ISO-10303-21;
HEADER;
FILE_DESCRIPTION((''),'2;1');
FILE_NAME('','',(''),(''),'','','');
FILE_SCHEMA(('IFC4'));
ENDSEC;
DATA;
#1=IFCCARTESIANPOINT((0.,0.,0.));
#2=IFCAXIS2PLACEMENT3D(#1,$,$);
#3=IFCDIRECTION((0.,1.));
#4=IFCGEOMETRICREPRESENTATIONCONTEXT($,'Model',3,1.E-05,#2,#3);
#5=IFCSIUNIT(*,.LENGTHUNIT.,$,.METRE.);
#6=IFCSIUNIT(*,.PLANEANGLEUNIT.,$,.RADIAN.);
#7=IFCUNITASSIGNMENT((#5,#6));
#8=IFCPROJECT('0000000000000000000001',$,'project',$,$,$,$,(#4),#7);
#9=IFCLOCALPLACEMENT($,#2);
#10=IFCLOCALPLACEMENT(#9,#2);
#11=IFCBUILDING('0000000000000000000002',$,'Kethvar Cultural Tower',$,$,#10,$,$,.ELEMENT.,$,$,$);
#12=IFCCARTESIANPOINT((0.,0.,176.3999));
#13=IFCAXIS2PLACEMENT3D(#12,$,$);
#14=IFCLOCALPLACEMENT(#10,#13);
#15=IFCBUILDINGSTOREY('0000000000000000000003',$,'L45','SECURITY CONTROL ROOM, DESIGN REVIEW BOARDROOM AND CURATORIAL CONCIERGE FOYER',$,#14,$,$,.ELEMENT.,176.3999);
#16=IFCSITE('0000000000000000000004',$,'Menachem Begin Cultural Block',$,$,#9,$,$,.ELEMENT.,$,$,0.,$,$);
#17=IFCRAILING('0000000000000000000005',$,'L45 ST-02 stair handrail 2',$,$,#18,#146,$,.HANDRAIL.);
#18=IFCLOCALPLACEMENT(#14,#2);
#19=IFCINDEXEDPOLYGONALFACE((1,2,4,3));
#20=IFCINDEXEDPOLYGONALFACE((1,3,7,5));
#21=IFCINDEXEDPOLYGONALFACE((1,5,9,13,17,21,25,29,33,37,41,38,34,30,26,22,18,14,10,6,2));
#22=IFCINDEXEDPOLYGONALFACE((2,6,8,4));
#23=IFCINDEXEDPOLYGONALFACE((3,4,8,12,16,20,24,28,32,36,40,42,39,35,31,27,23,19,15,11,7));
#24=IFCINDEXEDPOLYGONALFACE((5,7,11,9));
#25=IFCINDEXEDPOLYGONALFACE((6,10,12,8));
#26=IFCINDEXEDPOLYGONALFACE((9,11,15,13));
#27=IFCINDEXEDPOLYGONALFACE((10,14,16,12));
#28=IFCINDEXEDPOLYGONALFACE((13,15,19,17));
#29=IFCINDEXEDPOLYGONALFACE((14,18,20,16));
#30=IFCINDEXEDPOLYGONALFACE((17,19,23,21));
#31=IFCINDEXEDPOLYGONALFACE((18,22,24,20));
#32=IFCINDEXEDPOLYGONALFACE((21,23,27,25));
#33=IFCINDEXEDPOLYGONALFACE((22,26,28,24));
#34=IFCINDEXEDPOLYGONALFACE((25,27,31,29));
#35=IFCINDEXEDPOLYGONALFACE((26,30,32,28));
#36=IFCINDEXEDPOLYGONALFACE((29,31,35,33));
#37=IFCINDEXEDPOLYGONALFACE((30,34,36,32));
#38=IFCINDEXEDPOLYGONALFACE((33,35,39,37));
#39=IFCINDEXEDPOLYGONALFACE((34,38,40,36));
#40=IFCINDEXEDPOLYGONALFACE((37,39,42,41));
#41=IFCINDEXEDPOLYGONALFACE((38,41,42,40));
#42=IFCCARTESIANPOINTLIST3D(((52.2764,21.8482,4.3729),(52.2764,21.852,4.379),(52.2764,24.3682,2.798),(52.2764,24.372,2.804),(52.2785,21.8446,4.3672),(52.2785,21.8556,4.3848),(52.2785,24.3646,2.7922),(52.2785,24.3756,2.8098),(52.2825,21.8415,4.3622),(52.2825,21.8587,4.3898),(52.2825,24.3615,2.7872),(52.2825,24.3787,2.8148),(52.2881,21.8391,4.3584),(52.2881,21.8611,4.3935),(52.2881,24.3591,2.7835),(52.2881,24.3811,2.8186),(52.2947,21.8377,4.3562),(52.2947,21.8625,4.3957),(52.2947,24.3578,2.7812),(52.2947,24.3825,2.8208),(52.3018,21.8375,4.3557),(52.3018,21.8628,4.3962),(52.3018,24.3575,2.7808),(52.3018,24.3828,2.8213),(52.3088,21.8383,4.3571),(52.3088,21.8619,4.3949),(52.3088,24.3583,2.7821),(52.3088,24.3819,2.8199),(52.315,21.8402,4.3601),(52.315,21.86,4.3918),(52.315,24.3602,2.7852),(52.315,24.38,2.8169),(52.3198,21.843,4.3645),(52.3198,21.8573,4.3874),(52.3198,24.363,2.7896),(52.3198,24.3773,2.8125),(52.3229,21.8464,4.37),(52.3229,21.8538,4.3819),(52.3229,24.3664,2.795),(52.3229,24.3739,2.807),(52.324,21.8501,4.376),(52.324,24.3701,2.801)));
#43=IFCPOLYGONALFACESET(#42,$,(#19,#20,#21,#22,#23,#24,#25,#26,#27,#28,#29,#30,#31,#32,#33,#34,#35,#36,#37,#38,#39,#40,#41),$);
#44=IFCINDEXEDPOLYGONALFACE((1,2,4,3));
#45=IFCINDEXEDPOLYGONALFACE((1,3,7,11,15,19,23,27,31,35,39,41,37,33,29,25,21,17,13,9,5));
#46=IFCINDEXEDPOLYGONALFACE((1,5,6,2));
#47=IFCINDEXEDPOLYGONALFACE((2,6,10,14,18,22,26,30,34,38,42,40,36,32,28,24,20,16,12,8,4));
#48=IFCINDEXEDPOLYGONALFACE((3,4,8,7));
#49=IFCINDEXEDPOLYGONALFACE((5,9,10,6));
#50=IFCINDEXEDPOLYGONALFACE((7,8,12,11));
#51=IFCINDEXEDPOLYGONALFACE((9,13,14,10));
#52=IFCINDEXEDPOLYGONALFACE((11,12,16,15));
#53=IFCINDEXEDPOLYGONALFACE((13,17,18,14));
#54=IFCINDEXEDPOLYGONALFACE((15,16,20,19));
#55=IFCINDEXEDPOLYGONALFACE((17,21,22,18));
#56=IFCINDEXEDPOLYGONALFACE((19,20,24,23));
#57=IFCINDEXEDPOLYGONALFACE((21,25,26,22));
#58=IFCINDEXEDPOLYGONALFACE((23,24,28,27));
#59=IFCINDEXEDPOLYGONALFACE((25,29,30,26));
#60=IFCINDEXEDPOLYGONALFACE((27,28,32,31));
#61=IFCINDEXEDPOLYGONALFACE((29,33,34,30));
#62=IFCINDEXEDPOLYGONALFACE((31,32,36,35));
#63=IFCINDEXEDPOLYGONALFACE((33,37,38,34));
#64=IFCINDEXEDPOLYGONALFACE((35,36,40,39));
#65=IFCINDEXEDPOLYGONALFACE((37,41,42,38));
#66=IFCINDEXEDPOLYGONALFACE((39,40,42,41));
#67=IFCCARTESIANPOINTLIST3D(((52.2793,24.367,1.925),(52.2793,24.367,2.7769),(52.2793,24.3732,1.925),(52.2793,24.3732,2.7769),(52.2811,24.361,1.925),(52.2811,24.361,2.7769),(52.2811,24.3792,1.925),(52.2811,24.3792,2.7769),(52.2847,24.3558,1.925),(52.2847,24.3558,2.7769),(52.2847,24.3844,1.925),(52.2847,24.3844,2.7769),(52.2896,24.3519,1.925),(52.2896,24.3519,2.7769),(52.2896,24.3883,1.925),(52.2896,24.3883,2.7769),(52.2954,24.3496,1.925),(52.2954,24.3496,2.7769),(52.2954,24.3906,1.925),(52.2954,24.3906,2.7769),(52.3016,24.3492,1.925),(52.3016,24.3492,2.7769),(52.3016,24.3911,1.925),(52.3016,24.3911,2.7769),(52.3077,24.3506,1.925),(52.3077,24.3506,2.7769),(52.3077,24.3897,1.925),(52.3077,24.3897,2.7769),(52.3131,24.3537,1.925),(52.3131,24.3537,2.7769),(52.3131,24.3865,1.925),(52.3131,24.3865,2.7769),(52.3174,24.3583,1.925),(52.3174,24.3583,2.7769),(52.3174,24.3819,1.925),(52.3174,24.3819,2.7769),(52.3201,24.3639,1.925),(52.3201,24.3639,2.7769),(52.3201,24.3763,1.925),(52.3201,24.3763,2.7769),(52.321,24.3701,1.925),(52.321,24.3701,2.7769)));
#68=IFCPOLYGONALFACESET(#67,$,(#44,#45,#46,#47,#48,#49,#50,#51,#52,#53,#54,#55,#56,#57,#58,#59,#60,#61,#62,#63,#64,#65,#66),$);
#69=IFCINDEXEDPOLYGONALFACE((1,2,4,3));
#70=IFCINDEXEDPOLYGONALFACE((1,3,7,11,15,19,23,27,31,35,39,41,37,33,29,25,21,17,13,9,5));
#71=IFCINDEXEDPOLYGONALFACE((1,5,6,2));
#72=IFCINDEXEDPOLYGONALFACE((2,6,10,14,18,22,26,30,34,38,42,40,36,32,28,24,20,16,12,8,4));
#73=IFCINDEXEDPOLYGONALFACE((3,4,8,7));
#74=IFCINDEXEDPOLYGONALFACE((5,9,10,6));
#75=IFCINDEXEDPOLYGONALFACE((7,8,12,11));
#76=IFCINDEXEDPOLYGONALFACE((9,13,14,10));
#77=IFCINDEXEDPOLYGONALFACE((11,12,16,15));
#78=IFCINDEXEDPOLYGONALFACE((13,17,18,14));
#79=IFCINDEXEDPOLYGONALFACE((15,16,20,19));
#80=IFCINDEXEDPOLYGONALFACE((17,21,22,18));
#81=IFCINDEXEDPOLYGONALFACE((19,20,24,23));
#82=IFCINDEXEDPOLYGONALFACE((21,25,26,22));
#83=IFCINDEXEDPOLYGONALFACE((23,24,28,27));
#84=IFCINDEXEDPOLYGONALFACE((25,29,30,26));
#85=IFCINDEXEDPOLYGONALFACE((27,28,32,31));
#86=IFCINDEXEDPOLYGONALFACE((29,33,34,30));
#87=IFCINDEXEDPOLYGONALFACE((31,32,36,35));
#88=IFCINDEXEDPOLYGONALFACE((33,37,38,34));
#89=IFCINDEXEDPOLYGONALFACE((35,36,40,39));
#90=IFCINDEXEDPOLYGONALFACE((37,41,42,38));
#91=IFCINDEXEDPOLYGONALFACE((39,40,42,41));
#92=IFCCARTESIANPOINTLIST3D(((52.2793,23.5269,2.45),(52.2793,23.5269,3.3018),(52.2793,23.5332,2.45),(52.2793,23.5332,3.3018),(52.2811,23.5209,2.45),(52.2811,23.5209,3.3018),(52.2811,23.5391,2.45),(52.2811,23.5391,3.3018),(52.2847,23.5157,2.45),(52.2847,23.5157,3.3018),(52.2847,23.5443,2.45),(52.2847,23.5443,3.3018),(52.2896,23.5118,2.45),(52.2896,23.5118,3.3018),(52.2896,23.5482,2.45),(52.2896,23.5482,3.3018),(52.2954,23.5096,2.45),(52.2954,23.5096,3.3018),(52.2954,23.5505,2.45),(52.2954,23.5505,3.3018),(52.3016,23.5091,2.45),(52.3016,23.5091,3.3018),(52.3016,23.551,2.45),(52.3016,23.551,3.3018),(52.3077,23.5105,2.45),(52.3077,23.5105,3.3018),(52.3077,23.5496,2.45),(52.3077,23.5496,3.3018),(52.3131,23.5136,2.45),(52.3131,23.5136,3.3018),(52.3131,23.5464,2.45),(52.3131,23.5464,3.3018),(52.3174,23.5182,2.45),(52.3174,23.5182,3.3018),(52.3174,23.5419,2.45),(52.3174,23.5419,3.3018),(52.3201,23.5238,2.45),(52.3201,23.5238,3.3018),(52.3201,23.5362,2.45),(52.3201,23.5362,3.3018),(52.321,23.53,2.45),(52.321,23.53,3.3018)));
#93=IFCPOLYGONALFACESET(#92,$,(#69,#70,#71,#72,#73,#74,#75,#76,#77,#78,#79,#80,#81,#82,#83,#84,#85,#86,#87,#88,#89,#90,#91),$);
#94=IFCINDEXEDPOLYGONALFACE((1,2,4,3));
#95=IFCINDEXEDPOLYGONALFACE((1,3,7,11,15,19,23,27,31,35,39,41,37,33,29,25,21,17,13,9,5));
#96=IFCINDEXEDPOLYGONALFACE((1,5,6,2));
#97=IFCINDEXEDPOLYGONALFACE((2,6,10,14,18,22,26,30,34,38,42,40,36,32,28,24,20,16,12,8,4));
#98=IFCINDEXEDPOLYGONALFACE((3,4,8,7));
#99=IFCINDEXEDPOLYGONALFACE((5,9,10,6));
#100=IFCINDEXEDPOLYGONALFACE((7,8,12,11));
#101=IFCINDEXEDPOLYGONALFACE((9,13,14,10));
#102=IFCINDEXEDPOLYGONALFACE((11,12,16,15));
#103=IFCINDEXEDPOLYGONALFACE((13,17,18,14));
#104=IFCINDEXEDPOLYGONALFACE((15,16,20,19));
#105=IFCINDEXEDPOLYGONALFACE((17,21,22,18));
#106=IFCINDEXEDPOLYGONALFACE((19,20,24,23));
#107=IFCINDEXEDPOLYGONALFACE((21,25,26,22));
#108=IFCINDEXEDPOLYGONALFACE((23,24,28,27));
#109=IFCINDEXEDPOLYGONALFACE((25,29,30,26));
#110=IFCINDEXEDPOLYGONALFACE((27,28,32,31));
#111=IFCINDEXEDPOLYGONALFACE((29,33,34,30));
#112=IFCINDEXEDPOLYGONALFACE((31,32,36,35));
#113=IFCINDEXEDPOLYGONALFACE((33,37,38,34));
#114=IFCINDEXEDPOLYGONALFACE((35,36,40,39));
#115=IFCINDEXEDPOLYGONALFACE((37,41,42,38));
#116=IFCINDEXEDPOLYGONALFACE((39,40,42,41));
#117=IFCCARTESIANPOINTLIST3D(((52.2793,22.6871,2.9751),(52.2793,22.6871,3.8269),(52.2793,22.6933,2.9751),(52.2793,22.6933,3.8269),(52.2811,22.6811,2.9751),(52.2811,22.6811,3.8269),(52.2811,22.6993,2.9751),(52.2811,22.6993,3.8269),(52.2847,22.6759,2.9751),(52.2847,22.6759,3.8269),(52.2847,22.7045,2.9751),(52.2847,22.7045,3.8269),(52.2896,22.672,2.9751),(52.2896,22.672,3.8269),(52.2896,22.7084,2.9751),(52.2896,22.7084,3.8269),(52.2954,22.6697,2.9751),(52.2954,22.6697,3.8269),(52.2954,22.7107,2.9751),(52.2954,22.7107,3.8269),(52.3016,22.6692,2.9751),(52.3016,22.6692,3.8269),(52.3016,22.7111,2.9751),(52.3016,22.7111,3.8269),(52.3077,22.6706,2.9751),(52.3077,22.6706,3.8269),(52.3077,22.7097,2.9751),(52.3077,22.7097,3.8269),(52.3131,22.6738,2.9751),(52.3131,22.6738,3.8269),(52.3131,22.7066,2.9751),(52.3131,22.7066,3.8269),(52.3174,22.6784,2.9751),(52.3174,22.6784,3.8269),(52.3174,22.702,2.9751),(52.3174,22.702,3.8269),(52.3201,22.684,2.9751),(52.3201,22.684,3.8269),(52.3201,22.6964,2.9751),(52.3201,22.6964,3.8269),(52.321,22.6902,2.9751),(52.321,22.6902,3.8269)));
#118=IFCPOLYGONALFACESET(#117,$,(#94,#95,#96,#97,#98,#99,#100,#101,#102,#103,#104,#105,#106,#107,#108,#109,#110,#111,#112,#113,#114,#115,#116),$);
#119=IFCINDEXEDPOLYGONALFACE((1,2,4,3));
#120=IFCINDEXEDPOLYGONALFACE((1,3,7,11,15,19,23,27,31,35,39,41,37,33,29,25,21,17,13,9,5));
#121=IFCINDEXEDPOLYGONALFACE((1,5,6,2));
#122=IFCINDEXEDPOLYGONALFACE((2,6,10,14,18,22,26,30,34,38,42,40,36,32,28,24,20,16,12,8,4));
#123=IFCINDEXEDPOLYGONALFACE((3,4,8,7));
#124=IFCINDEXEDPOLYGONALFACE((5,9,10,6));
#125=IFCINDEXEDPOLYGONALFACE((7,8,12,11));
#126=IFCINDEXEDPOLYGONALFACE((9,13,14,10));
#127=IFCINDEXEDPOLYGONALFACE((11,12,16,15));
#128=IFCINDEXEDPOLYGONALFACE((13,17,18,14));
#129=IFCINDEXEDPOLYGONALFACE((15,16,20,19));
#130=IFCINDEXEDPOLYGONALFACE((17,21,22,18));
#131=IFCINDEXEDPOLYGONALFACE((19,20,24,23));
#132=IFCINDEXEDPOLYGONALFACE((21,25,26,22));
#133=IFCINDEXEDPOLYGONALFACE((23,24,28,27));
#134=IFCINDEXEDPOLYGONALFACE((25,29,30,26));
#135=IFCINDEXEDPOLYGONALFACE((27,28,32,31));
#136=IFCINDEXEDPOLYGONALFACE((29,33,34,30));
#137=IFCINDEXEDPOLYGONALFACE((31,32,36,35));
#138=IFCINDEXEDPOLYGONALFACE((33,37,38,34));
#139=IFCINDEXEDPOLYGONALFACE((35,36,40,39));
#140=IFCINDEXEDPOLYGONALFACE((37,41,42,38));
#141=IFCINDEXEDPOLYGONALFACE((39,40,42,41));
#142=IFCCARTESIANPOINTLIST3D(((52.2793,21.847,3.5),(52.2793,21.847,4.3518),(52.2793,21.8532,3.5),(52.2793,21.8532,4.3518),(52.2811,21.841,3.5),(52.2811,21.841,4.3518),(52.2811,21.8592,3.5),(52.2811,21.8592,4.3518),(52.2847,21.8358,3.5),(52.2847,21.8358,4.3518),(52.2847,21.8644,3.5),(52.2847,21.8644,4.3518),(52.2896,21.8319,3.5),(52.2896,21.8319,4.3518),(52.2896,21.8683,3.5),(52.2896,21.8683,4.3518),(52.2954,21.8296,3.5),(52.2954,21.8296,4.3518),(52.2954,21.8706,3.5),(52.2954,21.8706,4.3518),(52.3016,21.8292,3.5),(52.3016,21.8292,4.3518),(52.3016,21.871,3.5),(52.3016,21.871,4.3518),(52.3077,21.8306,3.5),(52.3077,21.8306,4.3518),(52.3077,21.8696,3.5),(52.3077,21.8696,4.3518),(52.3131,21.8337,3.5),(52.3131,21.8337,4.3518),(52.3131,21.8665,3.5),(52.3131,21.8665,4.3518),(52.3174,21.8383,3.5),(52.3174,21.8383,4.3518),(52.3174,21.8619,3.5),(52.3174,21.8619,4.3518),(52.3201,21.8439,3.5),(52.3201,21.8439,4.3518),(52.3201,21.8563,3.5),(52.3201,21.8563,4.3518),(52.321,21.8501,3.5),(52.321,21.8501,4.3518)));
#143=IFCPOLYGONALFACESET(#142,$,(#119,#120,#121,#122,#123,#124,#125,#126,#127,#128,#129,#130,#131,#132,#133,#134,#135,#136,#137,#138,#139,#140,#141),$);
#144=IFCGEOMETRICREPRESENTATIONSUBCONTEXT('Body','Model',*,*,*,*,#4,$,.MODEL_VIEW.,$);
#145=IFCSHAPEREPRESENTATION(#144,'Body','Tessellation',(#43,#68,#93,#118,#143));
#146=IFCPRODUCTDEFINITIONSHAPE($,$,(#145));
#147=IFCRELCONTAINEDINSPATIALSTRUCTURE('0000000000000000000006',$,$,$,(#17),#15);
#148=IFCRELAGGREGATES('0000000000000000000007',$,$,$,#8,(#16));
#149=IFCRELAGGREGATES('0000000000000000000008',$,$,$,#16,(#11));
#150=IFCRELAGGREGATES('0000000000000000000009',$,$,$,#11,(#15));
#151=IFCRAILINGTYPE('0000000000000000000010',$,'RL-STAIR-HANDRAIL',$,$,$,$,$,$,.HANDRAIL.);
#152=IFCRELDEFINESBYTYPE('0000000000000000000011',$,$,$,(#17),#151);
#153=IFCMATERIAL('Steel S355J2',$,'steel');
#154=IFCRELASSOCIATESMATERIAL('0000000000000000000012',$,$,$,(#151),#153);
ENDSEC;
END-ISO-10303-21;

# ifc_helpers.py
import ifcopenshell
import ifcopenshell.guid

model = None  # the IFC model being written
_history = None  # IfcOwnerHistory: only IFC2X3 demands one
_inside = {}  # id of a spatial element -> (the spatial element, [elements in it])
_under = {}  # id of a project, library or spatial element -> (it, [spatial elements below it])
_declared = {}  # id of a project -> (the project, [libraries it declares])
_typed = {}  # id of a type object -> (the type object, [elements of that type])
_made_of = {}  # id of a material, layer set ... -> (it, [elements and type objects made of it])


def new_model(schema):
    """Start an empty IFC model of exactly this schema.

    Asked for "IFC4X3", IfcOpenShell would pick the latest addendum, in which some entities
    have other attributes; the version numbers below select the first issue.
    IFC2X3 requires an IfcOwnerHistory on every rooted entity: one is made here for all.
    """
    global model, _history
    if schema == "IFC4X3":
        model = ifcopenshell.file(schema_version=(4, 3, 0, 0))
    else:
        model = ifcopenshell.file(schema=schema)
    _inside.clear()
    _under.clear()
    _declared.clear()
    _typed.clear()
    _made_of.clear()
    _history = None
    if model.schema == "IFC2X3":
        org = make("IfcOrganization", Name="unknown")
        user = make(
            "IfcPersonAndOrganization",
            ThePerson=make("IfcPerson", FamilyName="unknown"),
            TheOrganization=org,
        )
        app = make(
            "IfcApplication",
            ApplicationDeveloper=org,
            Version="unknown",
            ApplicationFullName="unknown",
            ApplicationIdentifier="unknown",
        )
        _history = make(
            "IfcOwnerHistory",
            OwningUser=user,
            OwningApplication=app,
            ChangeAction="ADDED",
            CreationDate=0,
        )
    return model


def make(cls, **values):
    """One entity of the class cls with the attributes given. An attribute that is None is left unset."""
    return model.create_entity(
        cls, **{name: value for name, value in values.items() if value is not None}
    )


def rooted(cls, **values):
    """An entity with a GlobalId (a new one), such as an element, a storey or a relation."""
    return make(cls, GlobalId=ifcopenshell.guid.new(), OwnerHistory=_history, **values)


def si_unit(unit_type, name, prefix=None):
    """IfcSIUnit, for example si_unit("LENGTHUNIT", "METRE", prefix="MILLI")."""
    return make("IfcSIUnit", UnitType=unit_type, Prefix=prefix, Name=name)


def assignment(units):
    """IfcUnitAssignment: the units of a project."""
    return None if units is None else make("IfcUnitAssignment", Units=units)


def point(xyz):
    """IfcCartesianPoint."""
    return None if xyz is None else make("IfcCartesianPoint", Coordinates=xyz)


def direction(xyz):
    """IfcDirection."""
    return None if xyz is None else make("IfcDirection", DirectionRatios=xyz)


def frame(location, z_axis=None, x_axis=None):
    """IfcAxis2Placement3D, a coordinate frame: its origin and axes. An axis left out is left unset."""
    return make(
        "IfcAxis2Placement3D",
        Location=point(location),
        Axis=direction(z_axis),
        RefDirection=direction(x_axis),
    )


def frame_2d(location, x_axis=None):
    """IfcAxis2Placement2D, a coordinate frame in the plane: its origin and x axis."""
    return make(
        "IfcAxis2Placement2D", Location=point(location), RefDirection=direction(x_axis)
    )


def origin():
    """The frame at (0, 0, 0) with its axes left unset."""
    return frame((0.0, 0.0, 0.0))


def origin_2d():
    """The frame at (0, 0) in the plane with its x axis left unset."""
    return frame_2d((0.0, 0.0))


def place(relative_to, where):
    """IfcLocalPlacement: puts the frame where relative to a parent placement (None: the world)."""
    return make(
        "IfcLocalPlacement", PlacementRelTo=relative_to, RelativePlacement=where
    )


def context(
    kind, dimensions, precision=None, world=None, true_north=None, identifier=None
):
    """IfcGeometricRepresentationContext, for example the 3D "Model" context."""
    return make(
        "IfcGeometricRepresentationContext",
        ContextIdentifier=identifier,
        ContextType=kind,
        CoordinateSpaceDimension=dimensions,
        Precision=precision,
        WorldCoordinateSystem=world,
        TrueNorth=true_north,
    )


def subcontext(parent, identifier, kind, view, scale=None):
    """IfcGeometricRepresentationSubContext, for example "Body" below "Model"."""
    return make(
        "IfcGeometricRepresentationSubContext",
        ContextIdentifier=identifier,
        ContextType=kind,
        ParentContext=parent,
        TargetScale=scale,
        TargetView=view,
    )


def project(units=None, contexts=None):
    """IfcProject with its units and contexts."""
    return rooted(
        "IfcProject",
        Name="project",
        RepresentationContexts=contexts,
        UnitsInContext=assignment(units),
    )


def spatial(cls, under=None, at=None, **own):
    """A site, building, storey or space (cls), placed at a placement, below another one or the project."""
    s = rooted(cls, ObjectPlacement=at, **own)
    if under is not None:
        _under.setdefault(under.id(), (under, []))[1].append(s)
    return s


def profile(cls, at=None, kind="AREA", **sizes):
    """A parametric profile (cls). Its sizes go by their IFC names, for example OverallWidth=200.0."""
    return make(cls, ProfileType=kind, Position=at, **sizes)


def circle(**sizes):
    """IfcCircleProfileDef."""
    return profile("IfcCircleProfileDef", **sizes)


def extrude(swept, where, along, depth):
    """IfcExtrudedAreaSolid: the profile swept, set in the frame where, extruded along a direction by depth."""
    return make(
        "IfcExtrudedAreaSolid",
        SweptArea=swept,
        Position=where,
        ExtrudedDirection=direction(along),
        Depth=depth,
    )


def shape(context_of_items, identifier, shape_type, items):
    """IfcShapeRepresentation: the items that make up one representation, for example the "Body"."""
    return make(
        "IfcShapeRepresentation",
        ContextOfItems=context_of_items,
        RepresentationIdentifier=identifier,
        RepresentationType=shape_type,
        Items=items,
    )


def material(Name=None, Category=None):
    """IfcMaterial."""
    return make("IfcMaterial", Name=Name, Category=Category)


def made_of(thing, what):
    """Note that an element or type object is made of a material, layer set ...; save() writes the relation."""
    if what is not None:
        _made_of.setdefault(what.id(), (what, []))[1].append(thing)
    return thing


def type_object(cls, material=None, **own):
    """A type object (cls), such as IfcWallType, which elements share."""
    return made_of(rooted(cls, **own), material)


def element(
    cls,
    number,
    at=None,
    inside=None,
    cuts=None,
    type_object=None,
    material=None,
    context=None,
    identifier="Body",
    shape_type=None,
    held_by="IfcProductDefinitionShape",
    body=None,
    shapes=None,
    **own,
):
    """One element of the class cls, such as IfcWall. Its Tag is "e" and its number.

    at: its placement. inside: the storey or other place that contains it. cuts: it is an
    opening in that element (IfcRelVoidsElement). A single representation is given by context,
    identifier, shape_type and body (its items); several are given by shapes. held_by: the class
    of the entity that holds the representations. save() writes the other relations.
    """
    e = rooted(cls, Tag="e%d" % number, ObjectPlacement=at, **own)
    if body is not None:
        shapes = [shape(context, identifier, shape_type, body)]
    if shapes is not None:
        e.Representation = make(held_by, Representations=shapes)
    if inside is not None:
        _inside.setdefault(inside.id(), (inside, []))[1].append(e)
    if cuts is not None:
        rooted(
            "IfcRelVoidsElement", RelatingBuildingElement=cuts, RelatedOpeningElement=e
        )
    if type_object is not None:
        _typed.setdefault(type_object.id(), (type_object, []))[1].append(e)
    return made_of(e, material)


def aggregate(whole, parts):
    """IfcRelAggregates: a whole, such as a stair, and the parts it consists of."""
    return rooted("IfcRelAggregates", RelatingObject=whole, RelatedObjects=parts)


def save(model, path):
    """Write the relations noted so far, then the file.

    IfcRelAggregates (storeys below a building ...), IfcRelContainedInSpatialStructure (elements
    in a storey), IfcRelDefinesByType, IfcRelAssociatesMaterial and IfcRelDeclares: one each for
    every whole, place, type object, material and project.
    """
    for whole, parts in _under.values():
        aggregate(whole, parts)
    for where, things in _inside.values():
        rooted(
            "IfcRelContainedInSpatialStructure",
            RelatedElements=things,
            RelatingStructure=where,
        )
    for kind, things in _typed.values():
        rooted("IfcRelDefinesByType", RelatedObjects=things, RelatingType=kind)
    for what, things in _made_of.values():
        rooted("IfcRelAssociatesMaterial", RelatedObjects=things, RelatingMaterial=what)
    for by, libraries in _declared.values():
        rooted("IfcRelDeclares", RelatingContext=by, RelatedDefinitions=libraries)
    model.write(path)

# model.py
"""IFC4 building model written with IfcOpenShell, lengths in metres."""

from ifc_helpers import new_model, si_unit, direction, frame, origin, origin_2d, place, context, subcontext, project, spatial, circle, extrude, material, type_object, element, save


model = new_model("IFC4")

# Units and contexts
model_context = context("Model", 3, precision=1e-05, world=origin(), true_north=direction((0.0, 1.0)))
body_context = subcontext(model_context, "Body", "Model", "MODEL_VIEW")
ifc_project = project(units=[si_unit("LENGTHUNIT", "METRE"), si_unit("PLANEANGLEUNIT", "RADIAN")], contexts=[model_context])

# Site, building, storey
site_placement = place(None, origin())
site = spatial("IfcSite", under=ifc_project, at=site_placement, Name="Menachem Begin Cultural Block", CompositionType="ELEMENT", RefElevation=0.0)
building_placement = place(site_placement, origin())
building = spatial("IfcBuilding", under=site, at=building_placement, Name="Kethvar Cultural Tower", CompositionType="ELEMENT")
storey_placement = place(building_placement, frame((0.0, 0.0, 176.3999)))
storey = spatial("IfcBuildingStorey", under=building, at=storey_placement, Name="L45", Description="SECURITY CONTROL ROOM, DESIGN REVIEW BOARDROOM AND CURATORIAL CONCIERGE FOYER", CompositionType="ELEMENT", Elevation=176.3999)

# Shared definitions
ifc_material_1 = material(Name="Steel S355J2", Category="steel")

# Railing
railing_type_1 = type_object("IfcRailingType", Name="RL-STAIR-HANDRAIL", PredefinedType="HANDRAIL", material=ifc_material_1)
railing_1_placement = place(storey_placement, frame((52.3, 24.3701, 1.925)))
element("IfcRailing", 1, at=railing_1_placement, inside=storey, type_object=railing_type_1, Name="L45 ST-02 stair handrail 2", PredefinedType="HANDRAIL", context=body_context, shape_type="SweptSolid", body=[
    extrude(circle(Radius=0.0239, at=origin_2d()), frame((0.0, 0.0, 0.876), z_axis=(0.0, -0.848008, 0.529984), x_axis=(1.0, 0.0, 0.0)), (0.0, 0.0, 1.0), 2.9717),
    extrude(circle(Radius=0.021, at=origin_2d()), origin(), (0.0, 0.0, 1.0), 0.8518),
    extrude(circle(Radius=0.021, at=origin_2d()), frame((0.0, -0.8401, 0.5249)), (0.0, 0.0, 1.0), 0.8518),
    extrude(circle(Radius=0.021, at=origin_2d()), frame((0.0, -1.6799, 1.05)), (0.0, 0.0, 1.0), 0.8518),
    extrude(circle(Radius=0.021, at=origin_2d()), frame((0.0, -2.52, 1.575)), (0.0, 0.0, 1.0), 0.8518),
])

save(model, "model.ifc")
